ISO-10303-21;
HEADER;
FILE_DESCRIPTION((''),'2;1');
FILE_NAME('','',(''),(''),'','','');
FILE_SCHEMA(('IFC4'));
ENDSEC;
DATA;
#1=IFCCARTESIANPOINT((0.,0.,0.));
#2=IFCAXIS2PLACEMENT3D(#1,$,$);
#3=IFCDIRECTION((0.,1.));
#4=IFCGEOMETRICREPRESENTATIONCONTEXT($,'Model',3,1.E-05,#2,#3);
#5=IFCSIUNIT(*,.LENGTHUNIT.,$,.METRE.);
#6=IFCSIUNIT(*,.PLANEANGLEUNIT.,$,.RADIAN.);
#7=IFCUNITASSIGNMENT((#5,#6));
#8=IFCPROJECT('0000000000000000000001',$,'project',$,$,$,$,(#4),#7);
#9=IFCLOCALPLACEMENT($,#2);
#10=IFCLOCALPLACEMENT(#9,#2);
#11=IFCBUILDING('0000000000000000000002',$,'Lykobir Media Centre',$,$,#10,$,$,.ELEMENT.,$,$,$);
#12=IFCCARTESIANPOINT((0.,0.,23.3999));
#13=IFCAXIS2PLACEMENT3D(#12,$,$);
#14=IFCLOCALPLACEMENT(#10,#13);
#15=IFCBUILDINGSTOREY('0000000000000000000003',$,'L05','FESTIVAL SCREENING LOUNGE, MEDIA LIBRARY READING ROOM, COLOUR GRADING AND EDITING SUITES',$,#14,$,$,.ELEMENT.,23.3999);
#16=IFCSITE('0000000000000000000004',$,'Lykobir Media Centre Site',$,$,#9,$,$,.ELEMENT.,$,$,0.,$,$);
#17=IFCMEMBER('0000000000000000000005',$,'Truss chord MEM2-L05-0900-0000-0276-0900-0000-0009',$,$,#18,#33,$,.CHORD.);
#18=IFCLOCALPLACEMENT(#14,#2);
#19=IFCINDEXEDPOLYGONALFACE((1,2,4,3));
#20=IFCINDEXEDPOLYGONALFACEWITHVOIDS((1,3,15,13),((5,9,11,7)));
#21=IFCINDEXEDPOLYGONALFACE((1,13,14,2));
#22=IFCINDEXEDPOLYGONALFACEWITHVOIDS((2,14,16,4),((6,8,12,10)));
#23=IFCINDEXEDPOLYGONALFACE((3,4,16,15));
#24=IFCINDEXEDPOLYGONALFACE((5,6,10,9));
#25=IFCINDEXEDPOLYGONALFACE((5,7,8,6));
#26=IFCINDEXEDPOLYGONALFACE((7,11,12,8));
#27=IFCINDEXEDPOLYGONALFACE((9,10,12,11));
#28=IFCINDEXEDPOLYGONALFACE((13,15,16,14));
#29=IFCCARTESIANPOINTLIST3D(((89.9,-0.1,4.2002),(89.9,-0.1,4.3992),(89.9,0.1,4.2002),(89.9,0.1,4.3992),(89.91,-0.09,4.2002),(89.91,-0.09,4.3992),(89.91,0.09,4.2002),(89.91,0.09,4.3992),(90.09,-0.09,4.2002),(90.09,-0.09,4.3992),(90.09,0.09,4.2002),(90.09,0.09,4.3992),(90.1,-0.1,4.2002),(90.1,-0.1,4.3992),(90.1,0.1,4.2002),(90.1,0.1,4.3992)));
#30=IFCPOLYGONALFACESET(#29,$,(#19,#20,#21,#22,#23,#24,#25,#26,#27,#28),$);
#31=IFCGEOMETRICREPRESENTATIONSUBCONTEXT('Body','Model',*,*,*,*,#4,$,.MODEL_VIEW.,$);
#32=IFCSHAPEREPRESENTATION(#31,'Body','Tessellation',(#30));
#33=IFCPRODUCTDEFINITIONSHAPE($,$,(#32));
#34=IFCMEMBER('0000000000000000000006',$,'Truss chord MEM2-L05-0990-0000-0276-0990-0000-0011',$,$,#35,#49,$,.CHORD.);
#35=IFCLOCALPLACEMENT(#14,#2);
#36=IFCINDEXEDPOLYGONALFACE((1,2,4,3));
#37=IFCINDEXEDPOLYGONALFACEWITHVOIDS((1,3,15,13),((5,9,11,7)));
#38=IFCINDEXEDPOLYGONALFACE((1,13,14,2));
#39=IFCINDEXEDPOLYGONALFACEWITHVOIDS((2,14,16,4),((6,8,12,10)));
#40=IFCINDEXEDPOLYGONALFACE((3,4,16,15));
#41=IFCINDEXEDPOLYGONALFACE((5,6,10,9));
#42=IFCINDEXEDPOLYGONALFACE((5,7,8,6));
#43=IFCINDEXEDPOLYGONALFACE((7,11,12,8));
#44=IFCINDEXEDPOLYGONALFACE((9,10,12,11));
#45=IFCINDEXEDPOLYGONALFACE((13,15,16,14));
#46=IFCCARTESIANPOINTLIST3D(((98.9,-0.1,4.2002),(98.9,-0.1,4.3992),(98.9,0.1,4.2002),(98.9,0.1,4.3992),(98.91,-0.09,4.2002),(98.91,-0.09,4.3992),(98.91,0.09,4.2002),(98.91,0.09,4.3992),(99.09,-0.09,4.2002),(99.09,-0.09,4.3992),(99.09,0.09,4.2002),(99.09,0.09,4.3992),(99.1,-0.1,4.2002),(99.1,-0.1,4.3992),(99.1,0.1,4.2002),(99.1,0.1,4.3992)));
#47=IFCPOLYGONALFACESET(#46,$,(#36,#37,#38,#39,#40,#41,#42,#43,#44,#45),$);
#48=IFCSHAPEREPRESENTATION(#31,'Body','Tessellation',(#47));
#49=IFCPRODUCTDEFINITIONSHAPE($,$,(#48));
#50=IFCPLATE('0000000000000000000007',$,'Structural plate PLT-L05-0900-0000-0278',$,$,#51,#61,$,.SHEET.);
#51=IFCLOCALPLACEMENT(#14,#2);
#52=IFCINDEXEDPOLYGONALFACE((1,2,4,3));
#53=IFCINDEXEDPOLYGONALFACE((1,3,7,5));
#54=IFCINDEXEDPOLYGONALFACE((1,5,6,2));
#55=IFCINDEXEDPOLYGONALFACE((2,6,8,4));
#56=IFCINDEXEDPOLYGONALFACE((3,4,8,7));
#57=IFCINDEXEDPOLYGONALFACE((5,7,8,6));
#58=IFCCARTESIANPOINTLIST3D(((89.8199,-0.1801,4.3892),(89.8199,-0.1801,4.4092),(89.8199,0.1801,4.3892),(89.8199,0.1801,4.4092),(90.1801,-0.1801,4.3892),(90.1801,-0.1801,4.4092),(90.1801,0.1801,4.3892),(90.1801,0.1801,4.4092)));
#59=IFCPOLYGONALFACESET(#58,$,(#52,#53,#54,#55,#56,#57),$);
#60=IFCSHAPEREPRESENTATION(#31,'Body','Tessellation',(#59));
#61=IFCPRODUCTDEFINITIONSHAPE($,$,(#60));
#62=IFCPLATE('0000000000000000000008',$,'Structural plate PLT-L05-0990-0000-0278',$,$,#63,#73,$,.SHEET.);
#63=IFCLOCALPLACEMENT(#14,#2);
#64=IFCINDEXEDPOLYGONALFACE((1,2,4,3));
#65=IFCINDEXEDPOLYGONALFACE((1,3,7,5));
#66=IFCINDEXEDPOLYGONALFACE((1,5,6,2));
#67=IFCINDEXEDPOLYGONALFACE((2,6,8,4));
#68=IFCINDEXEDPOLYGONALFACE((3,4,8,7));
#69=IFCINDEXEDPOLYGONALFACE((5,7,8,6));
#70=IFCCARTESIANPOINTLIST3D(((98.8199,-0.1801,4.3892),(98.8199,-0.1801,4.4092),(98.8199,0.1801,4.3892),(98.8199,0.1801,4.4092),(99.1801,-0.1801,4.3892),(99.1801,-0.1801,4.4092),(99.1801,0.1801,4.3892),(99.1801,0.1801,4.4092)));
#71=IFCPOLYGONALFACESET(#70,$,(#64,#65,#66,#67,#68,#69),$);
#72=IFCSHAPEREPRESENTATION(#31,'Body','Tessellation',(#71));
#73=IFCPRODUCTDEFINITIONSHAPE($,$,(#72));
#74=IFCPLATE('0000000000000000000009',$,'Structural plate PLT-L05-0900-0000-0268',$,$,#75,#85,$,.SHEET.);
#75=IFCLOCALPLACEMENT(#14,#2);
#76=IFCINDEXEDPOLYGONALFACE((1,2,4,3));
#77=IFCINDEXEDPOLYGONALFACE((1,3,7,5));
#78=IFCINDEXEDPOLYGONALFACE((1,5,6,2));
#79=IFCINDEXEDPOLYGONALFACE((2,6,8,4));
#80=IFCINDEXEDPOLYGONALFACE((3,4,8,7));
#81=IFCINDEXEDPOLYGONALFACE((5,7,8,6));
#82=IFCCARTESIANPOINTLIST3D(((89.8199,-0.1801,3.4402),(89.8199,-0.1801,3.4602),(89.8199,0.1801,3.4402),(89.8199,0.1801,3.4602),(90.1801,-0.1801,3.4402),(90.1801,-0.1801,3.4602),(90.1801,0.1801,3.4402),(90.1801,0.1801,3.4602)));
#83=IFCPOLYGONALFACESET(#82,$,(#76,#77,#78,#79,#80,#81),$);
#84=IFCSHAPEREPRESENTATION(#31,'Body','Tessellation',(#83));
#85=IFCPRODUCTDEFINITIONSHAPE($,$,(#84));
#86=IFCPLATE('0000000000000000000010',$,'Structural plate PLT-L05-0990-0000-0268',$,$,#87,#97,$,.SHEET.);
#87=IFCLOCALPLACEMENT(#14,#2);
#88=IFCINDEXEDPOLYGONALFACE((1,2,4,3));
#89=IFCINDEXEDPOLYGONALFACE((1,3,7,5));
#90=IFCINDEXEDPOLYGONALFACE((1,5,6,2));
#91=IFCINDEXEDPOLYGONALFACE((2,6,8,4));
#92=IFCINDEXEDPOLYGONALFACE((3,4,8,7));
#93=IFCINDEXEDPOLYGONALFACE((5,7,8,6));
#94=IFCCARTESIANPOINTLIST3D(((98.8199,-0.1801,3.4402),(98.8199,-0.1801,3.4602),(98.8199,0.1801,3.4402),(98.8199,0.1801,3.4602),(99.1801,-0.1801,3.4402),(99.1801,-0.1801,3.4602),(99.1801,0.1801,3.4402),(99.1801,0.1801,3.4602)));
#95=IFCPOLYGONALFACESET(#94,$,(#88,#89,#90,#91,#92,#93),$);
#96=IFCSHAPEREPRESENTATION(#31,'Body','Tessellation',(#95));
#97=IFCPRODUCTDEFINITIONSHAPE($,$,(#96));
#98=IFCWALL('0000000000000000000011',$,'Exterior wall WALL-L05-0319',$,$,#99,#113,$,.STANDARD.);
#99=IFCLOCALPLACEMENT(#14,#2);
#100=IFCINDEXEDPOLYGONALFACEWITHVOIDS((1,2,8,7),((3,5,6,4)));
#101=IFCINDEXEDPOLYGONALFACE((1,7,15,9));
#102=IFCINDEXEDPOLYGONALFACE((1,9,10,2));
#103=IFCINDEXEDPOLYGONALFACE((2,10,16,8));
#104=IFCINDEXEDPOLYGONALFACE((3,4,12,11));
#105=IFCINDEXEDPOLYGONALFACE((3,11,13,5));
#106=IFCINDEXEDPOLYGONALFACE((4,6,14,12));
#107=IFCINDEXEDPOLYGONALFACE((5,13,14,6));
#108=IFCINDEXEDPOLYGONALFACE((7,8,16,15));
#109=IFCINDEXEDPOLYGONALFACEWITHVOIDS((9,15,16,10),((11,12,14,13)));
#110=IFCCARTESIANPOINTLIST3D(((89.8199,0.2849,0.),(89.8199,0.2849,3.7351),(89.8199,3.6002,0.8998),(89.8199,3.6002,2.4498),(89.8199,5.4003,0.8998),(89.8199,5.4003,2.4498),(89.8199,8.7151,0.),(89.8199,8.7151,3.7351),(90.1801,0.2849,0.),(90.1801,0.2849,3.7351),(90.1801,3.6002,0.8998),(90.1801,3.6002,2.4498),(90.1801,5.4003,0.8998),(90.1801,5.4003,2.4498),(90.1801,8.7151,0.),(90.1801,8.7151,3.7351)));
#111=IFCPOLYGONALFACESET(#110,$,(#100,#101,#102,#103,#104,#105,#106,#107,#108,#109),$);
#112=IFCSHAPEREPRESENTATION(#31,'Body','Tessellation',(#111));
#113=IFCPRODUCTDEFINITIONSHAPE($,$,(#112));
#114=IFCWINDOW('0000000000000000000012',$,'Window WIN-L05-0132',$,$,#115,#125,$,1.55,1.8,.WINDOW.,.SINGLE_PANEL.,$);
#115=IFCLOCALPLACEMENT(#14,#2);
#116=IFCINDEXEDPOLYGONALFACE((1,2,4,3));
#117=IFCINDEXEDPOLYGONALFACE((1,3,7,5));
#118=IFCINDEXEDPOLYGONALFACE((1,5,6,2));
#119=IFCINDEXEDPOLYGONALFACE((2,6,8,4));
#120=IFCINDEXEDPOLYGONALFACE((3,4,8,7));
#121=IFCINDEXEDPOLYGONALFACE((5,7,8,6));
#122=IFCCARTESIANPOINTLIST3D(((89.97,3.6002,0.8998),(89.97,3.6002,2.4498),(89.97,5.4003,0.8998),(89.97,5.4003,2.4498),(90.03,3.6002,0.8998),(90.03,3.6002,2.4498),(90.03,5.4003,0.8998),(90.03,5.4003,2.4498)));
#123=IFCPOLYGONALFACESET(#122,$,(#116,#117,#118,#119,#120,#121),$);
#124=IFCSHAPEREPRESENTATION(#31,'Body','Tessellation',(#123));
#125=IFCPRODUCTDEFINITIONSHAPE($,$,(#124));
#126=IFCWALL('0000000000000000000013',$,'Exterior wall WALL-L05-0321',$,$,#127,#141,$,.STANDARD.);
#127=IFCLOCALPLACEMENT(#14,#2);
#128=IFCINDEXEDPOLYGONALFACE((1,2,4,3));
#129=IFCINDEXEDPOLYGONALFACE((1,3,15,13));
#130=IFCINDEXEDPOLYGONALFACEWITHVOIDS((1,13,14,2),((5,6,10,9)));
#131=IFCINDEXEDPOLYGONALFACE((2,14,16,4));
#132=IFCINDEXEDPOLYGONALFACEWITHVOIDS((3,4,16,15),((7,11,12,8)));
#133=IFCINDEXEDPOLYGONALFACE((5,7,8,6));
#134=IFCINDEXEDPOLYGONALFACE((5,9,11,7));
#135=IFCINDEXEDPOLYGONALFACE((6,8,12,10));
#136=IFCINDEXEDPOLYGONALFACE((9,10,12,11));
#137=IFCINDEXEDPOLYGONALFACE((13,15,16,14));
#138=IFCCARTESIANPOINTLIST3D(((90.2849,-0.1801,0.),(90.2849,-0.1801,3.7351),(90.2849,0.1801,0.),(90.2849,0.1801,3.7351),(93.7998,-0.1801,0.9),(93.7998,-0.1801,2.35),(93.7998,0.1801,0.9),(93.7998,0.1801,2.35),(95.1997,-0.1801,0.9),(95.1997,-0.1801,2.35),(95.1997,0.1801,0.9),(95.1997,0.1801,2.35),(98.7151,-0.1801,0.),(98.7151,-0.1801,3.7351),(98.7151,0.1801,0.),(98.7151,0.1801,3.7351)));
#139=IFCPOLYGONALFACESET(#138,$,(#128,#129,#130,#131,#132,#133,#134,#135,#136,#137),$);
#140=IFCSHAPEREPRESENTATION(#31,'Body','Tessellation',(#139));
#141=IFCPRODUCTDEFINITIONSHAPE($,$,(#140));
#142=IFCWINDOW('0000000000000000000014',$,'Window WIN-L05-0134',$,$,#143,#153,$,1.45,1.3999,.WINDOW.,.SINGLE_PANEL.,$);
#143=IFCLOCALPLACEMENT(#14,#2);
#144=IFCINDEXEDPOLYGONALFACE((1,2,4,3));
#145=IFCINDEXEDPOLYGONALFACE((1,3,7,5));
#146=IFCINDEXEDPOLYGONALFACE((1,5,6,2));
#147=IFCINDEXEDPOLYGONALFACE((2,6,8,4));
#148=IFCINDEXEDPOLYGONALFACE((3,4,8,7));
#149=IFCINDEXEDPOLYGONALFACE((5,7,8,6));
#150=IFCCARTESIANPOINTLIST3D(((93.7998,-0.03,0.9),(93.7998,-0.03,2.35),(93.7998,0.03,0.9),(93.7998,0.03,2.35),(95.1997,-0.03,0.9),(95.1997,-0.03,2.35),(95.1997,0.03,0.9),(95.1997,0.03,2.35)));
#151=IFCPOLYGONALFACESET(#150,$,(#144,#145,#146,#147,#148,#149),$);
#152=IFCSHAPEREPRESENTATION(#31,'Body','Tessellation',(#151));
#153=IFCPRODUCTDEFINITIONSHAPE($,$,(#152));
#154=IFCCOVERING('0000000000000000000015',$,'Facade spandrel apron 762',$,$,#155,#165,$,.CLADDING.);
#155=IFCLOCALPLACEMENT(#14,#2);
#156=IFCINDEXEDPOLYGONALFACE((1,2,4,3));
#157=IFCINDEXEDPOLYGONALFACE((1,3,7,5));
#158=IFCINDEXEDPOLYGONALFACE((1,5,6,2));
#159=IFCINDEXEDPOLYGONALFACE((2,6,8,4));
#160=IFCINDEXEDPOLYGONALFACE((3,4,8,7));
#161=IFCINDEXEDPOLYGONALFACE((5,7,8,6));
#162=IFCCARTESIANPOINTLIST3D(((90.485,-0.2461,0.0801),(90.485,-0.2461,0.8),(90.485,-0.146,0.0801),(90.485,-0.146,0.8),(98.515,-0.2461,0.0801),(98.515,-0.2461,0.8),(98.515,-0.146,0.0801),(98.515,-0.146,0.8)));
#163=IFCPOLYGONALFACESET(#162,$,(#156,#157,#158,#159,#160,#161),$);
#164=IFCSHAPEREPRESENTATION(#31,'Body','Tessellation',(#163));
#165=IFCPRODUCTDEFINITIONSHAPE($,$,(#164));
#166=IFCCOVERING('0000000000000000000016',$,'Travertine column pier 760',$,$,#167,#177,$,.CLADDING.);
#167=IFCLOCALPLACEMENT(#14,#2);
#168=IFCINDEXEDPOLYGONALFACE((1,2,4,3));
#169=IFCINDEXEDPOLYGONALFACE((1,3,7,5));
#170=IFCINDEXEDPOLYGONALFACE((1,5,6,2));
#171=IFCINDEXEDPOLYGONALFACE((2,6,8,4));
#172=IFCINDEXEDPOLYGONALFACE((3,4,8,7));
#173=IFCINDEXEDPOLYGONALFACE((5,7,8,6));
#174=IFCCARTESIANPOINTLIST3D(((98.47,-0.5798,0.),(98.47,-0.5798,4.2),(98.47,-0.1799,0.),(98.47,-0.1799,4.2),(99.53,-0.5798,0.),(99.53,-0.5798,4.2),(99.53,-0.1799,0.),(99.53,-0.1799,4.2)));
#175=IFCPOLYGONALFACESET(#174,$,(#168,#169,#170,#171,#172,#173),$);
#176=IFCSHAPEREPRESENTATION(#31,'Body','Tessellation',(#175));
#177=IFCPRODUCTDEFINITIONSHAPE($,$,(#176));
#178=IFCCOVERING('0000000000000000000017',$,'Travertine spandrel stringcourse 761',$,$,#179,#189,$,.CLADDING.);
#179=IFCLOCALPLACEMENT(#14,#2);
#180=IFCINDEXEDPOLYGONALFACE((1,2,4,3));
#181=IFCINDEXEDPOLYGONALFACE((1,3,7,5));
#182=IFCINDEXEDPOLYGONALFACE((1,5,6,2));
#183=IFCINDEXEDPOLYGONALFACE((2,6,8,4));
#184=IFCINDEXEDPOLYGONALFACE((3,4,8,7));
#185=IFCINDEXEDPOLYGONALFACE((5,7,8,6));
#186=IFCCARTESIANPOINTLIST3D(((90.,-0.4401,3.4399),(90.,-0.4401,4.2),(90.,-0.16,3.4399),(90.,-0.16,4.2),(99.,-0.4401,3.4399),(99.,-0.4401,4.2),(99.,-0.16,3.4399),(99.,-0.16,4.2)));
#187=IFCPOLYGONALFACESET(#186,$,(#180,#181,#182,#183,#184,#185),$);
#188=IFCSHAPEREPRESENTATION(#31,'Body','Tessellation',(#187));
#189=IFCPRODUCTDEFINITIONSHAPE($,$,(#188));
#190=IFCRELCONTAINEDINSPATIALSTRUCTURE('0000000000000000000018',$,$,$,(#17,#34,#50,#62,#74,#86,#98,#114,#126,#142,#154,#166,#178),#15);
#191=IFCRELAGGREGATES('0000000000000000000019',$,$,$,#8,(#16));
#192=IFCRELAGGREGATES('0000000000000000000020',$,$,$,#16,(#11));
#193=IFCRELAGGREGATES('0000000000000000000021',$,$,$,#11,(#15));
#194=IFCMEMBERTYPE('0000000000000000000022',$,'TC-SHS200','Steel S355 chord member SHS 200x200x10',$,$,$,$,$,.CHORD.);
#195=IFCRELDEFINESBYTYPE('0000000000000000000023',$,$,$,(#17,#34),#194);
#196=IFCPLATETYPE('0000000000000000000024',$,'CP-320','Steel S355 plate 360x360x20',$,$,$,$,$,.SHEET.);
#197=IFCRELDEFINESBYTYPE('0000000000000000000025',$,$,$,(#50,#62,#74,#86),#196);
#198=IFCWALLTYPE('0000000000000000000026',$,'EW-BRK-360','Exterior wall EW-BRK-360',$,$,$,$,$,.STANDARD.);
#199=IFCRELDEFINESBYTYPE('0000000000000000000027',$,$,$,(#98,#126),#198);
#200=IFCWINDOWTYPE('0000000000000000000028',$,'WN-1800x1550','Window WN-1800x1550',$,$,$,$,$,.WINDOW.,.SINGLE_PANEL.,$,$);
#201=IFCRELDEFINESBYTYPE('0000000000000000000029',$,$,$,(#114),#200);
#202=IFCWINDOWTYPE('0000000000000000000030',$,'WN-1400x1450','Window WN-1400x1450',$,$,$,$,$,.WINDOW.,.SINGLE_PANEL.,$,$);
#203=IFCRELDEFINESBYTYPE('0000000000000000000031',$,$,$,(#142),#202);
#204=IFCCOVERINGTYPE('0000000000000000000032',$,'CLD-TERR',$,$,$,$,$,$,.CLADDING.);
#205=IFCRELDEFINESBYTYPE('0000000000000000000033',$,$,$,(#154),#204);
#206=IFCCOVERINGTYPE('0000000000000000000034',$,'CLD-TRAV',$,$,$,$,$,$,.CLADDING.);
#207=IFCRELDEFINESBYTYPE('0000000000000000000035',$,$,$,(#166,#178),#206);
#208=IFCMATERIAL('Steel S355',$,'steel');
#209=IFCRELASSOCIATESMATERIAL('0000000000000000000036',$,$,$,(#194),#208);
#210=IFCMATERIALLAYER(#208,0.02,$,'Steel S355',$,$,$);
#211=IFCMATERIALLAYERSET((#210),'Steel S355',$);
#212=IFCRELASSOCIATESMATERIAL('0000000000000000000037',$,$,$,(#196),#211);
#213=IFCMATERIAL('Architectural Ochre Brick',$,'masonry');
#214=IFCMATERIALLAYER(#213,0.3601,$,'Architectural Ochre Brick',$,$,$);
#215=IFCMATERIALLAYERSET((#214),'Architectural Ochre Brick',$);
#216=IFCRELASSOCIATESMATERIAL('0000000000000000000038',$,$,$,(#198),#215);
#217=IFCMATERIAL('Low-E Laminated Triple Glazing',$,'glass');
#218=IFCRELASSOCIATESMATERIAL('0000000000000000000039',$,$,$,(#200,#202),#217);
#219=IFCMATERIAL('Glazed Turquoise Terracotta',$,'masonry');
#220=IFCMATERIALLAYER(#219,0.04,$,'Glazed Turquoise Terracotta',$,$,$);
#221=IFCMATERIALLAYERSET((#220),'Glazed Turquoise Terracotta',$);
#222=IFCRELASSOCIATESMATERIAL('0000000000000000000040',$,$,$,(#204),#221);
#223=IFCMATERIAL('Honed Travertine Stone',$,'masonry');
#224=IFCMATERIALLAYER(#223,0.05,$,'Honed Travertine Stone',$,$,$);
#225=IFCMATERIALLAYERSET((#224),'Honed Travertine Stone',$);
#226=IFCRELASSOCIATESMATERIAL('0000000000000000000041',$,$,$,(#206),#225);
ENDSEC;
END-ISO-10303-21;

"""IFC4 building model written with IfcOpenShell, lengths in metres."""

from ifc_helpers import new_model, si_unit, direction, frame, frame_2d, origin, origin_2d, place, context, subcontext, project, spatial, rectangle, hollow_rectangle, extrude, material, layer, layer_set, material_profile, profile_set, type_object, element, fill, save


model = new_model("IFC4")

# Units and contexts
model_context = context("Model", 3, precision=1e-05, world=origin(), true_north=direction((0.0, 1.0)))
body_context = subcontext(model_context, "Body", "Model", "MODEL_VIEW")
ifc_project = project(units=[si_unit("LENGTHUNIT", "METRE"), si_unit("PLANEANGLEUNIT", "RADIAN")], contexts=[model_context])

# Site, building, storey
site_placement = place(None, origin())
site = spatial("IfcSite", under=ifc_project, at=site_placement, Name="Lykobir Media Centre Site", CompositionType="ELEMENT", RefElevation=0.0)
building_placement = place(site_placement, origin())
building = spatial("IfcBuilding", under=site, at=building_placement, Name="Lykobir Media Centre", CompositionType="ELEMENT")
storey_placement = place(building_placement, frame((0.0, 0.0, 23.3999)))
storey = spatial("IfcBuildingStorey", under=building, at=storey_placement, Name="L05", Description="FESTIVAL SCREENING LOUNGE, MEDIA LIBRARY READING ROOM, COLOUR GRADING AND EDITING SUITES", CompositionType="ELEMENT", Elevation=23.3999)

# Shared definitions
ifc_material_1 = material(Name="Steel S355", Category="steel")

# Members
ifc_material_profile_1 = material_profile(ifc_material_1, hollow_rectangle(XDim=0.2, YDim=0.2, WallThickness=0.01, at=origin_2d()), Name="SHS 200x200x10")
ifc_profile_set_1 = profile_set([ifc_material_profile_1], Name="Steel S355")
member_type_1 = type_object("IfcMemberType", Name="TC-SHS200", Description="Steel S355 chord member SHS 200x200x10", PredefinedType="CHORD", material=ifc_profile_set_1)
for number, where, z_axis, x_axis, name in (
    (1, (90.0, 0.0, 4.2002), (0.0, 0.0, 1.0), (1.0, 0.0, 0.0), "Truss chord MEM2-L05-0900-0000-0276-0900-0000-0009"),
    (2, (99.0, 0.0, 4.2002), (0.0, 0.0, 1.0), (1.0, 0.0, 0.0), "Truss chord MEM2-L05-0990-0000-0276-0990-0000-0011"),
):
    element("IfcMember", number, at=place(storey_placement, frame(where, z_axis=z_axis, x_axis=x_axis)), inside=storey, type_object=member_type_1, Name=name, PredefinedType="CHORD", context=body_context, shape_type="SweptSolid", body=[
        extrude(hollow_rectangle(XDim=0.2, YDim=0.2, WallThickness=0.01, at=origin_2d()), origin(), (0.0, 0.0, 1.0), 0.199),
    ])

# Plates
ifc_layer_1 = layer(ifc_material_1, 0.02, Name="Steel S355")
ifc_layer_set_1 = layer_set([ifc_layer_1], Name="Steel S355")
plate_type = type_object("IfcPlateType", Name="CP-320", Description="Steel S355 plate 360x360x20", PredefinedType="SHEET", material=ifc_layer_set_1)
for number, where, z_axis, x_axis, name in (
    (3, (90.0, 0.0, 4.3892), (0.0, 0.0, 1.0), (1.0, 0.0, 0.0), "Structural plate PLT-L05-0900-0000-0278"),
    (4, (99.0, 0.0, 4.3892), (0.0, 0.0, 1.0), (1.0, 0.0, 0.0), "Structural plate PLT-L05-0990-0000-0278"),
    (5, (90.0, 0.0, 3.4402), (0.0, 0.0, 1.0), (1.0, 0.0, 0.0), "Structural plate PLT-L05-0900-0000-0268"),
    (6, (99.0, 0.0, 3.4402), (0.0, 0.0, 1.0), (1.0, 0.0, 0.0), "Structural plate PLT-L05-0990-0000-0268"),
):
    element("IfcPlate", number, at=place(storey_placement, frame(where, z_axis=z_axis, x_axis=x_axis)), inside=storey, type_object=plate_type, Name=name, PredefinedType="SHEET", context=body_context, shape_type="SweptSolid", body=[
        extrude(rectangle(XDim=0.3601, YDim=0.3601, at=origin_2d()), origin(), (0.0, 0.0, 1.0), 0.02),
    ])

# Walls, openings, windows
ifc_material_2 = material(Name="Architectural Ochre Brick", Category="masonry")
ifc_layer_2 = layer(ifc_material_2, 0.3601, Name="Architectural Ochre Brick")
ifc_layer_set_2 = layer_set([ifc_layer_2], Name="Architectural Ochre Brick")
wall_type = type_object("IfcWallType", Name="EW-BRK-360", Description="Exterior wall EW-BRK-360", PredefinedType="STANDARD", material=ifc_layer_set_2)
wall_1_placement = place(storey_placement, frame((90.0, 8.7151, 0.0), z_axis=(0.0, 0.0, 1.0), x_axis=(0.0, -1.0, 0.0)))
wall_1 = element("IfcWall", 7, at=wall_1_placement, inside=storey, type_object=wall_type, Name="Exterior wall WALL-L05-0319", PredefinedType="STANDARD", context=body_context, shape_type="SweptSolid", body=[
    extrude(rectangle(XDim=8.4302, YDim=0.3601, at=frame_2d((4.2151, 0.0))), origin(), (0.0, 0.0, 1.0), 3.7351),
])
opening_1_placement = place(wall_1_placement, frame((3.3149, 0.0, 0.8999)))
opening_1 = element("IfcOpeningElement", 8, at=opening_1_placement, cuts=wall_1, PredefinedType="OPENING", context=body_context, shape_type="SweptSolid", body=[
    extrude(rectangle(XDim=1.8, YDim=1.55, at=frame_2d((0.8999, 0.7749))), frame((0.0, 0.1899, 0.0), z_axis=(0.0, -1.0, 0.0), x_axis=(1.0, 0.0, 0.0)), (0.0, 0.0, 1.0), 0.3801),
])
ifc_material_3 = material(Name="Low-E Laminated Triple Glazing", Category="glass")
window_type_1 = type_object("IfcWindowType", Name="WN-1800x1550", Description="Window WN-1800x1550", PartitioningType="SINGLE_PANEL", PredefinedType="WINDOW", material=ifc_material_3)
window_1_placement = place(opening_1_placement, origin())
window_1 = element("IfcWindow", 9, at=window_1_placement, inside=storey, type_object=window_type_1, Name="Window WIN-L05-0132", OverallHeight=1.55, OverallWidth=1.8, PartitioningType="SINGLE_PANEL", PredefinedType="WINDOW", context=body_context, shape_type="SweptSolid", body=[
    extrude(rectangle(XDim=1.8, YDim=1.55, at=frame_2d((0.8999, 0.7749))), frame((0.0, 0.03, 0.0), z_axis=(0.0, -1.0, 0.0), x_axis=(1.0, 0.0, 0.0)), (0.0, 0.0, 1.0), 0.0601),
])
fill(opening_1, window_1)
wall_2_placement = place(storey_placement, frame((90.2849, 0.0, 0.0), z_axis=(0.0, 0.0, 1.0), x_axis=(1.0, 0.0, 0.0)))
wall_2 = element("IfcWall", 10, at=wall_2_placement, inside=storey, type_object=wall_type, Name="Exterior wall WALL-L05-0321", PredefinedType="STANDARD", context=body_context, shape_type="SweptSolid", body=[
    extrude(rectangle(XDim=8.4302, YDim=0.3601, at=frame_2d((4.2151, 0.0))), origin(), (0.0, 0.0, 1.0), 3.7351),
])
opening_2_placement = place(wall_2_placement, frame((3.5149, 0.0, 0.8999)))
opening_2 = element("IfcOpeningElement", 11, at=opening_2_placement, cuts=wall_2, PredefinedType="OPENING", context=body_context, shape_type="SweptSolid", body=[
    extrude(rectangle(XDim=1.3999, YDim=1.45, at=frame_2d((0.7, 0.7251))), frame((0.0, 0.1899, 0.0), z_axis=(0.0, -1.0, 0.0), x_axis=(1.0, 0.0, 0.0)), (0.0, 0.0, 1.0), 0.3801),
])
window_type_2 = type_object("IfcWindowType", Name="WN-1400x1450", Description="Window WN-1400x1450", PartitioningType="SINGLE_PANEL", PredefinedType="WINDOW", material=ifc_material_3)
window_2_placement = place(opening_2_placement, origin())
window_2 = element("IfcWindow", 12, at=window_2_placement, inside=storey, type_object=window_type_2, Name="Window WIN-L05-0134", OverallHeight=1.45, OverallWidth=1.3999, PartitioningType="SINGLE_PANEL", PredefinedType="WINDOW", context=body_context, shape_type="SweptSolid", body=[
    extrude(rectangle(XDim=1.3999, YDim=1.45, at=frame_2d((0.7, 0.7251))), frame((0.0, 0.03, 0.0), z_axis=(0.0, -1.0, 0.0), x_axis=(1.0, 0.0, 0.0)), (0.0, 0.0, 1.0), 0.0601),
])
fill(opening_2, window_2)

# Coverings
ifc_material_4 = material(Name="Glazed Turquoise Terracotta", Category="masonry")
ifc_layer_3 = layer(ifc_material_4, 0.04, Name="Glazed Turquoise Terracotta")
ifc_layer_set_3 = layer_set([ifc_layer_3], Name="Glazed Turquoise Terracotta")
covering_type_1 = type_object("IfcCoveringType", Name="CLD-TERR", PredefinedType="CLADDING", material=ifc_layer_set_3)
covering_1_placement = place(storey_placement, frame((94.5, -0.196, 0.0801), z_axis=(0.0, 0.0, 1.0), x_axis=(1.0, 0.0, 0.0)))
element("IfcCovering", 13, at=covering_1_placement, inside=storey, type_object=covering_type_1, Name="Facade spandrel apron 762", PredefinedType="CLADDING", context=body_context, shape_type="SweptSolid", body=[
    extrude(rectangle(XDim=8.03, YDim=0.1001, at=origin_2d()), origin(), (0.0, 0.0, 1.0), 0.72),
])
ifc_material_5 = material(Name="Honed Travertine Stone", Category="masonry")
ifc_layer_4 = layer(ifc_material_5, 0.05, Name="Honed Travertine Stone")
ifc_layer_set_4 = layer_set([ifc_layer_4], Name="Honed Travertine Stone")
covering_type_2 = type_object("IfcCoveringType", Name="CLD-TRAV", PredefinedType="CLADDING", material=ifc_layer_set_4)
covering_2_placement = place(storey_placement, frame((99.0, -0.3799, 0.0), z_axis=(0.0, 0.0, 1.0), x_axis=(1.0, 0.0, 0.0)))
element("IfcCovering", 14, at=covering_2_placement, inside=storey, type_object=covering_type_2, Name="Travertine column pier 760", PredefinedType="CLADDING", context=body_context, shape_type="SweptSolid", body=[
    extrude(rectangle(XDim=1.0601, YDim=0.3999, at=origin_2d()), origin(), (0.0, 0.0, 1.0), 4.2),
])
covering_3_placement = place(storey_placement, frame((94.5, -0.3, 3.4399), z_axis=(0.0, 0.0, 1.0), x_axis=(1.0, 0.0, 0.0)))
element("IfcCovering", 15, at=covering_3_placement, inside=storey, type_object=covering_type_2, Name="Travertine spandrel stringcourse 761", PredefinedType="CLADDING", context=body_context, shape_type="SweptSolid", body=[
    extrude(rectangle(XDim=9.0, YDim=0.28, at=origin_2d()), origin(), (0.0, 0.0, 1.0), 0.76),
])

save(model, "model.ifc")
